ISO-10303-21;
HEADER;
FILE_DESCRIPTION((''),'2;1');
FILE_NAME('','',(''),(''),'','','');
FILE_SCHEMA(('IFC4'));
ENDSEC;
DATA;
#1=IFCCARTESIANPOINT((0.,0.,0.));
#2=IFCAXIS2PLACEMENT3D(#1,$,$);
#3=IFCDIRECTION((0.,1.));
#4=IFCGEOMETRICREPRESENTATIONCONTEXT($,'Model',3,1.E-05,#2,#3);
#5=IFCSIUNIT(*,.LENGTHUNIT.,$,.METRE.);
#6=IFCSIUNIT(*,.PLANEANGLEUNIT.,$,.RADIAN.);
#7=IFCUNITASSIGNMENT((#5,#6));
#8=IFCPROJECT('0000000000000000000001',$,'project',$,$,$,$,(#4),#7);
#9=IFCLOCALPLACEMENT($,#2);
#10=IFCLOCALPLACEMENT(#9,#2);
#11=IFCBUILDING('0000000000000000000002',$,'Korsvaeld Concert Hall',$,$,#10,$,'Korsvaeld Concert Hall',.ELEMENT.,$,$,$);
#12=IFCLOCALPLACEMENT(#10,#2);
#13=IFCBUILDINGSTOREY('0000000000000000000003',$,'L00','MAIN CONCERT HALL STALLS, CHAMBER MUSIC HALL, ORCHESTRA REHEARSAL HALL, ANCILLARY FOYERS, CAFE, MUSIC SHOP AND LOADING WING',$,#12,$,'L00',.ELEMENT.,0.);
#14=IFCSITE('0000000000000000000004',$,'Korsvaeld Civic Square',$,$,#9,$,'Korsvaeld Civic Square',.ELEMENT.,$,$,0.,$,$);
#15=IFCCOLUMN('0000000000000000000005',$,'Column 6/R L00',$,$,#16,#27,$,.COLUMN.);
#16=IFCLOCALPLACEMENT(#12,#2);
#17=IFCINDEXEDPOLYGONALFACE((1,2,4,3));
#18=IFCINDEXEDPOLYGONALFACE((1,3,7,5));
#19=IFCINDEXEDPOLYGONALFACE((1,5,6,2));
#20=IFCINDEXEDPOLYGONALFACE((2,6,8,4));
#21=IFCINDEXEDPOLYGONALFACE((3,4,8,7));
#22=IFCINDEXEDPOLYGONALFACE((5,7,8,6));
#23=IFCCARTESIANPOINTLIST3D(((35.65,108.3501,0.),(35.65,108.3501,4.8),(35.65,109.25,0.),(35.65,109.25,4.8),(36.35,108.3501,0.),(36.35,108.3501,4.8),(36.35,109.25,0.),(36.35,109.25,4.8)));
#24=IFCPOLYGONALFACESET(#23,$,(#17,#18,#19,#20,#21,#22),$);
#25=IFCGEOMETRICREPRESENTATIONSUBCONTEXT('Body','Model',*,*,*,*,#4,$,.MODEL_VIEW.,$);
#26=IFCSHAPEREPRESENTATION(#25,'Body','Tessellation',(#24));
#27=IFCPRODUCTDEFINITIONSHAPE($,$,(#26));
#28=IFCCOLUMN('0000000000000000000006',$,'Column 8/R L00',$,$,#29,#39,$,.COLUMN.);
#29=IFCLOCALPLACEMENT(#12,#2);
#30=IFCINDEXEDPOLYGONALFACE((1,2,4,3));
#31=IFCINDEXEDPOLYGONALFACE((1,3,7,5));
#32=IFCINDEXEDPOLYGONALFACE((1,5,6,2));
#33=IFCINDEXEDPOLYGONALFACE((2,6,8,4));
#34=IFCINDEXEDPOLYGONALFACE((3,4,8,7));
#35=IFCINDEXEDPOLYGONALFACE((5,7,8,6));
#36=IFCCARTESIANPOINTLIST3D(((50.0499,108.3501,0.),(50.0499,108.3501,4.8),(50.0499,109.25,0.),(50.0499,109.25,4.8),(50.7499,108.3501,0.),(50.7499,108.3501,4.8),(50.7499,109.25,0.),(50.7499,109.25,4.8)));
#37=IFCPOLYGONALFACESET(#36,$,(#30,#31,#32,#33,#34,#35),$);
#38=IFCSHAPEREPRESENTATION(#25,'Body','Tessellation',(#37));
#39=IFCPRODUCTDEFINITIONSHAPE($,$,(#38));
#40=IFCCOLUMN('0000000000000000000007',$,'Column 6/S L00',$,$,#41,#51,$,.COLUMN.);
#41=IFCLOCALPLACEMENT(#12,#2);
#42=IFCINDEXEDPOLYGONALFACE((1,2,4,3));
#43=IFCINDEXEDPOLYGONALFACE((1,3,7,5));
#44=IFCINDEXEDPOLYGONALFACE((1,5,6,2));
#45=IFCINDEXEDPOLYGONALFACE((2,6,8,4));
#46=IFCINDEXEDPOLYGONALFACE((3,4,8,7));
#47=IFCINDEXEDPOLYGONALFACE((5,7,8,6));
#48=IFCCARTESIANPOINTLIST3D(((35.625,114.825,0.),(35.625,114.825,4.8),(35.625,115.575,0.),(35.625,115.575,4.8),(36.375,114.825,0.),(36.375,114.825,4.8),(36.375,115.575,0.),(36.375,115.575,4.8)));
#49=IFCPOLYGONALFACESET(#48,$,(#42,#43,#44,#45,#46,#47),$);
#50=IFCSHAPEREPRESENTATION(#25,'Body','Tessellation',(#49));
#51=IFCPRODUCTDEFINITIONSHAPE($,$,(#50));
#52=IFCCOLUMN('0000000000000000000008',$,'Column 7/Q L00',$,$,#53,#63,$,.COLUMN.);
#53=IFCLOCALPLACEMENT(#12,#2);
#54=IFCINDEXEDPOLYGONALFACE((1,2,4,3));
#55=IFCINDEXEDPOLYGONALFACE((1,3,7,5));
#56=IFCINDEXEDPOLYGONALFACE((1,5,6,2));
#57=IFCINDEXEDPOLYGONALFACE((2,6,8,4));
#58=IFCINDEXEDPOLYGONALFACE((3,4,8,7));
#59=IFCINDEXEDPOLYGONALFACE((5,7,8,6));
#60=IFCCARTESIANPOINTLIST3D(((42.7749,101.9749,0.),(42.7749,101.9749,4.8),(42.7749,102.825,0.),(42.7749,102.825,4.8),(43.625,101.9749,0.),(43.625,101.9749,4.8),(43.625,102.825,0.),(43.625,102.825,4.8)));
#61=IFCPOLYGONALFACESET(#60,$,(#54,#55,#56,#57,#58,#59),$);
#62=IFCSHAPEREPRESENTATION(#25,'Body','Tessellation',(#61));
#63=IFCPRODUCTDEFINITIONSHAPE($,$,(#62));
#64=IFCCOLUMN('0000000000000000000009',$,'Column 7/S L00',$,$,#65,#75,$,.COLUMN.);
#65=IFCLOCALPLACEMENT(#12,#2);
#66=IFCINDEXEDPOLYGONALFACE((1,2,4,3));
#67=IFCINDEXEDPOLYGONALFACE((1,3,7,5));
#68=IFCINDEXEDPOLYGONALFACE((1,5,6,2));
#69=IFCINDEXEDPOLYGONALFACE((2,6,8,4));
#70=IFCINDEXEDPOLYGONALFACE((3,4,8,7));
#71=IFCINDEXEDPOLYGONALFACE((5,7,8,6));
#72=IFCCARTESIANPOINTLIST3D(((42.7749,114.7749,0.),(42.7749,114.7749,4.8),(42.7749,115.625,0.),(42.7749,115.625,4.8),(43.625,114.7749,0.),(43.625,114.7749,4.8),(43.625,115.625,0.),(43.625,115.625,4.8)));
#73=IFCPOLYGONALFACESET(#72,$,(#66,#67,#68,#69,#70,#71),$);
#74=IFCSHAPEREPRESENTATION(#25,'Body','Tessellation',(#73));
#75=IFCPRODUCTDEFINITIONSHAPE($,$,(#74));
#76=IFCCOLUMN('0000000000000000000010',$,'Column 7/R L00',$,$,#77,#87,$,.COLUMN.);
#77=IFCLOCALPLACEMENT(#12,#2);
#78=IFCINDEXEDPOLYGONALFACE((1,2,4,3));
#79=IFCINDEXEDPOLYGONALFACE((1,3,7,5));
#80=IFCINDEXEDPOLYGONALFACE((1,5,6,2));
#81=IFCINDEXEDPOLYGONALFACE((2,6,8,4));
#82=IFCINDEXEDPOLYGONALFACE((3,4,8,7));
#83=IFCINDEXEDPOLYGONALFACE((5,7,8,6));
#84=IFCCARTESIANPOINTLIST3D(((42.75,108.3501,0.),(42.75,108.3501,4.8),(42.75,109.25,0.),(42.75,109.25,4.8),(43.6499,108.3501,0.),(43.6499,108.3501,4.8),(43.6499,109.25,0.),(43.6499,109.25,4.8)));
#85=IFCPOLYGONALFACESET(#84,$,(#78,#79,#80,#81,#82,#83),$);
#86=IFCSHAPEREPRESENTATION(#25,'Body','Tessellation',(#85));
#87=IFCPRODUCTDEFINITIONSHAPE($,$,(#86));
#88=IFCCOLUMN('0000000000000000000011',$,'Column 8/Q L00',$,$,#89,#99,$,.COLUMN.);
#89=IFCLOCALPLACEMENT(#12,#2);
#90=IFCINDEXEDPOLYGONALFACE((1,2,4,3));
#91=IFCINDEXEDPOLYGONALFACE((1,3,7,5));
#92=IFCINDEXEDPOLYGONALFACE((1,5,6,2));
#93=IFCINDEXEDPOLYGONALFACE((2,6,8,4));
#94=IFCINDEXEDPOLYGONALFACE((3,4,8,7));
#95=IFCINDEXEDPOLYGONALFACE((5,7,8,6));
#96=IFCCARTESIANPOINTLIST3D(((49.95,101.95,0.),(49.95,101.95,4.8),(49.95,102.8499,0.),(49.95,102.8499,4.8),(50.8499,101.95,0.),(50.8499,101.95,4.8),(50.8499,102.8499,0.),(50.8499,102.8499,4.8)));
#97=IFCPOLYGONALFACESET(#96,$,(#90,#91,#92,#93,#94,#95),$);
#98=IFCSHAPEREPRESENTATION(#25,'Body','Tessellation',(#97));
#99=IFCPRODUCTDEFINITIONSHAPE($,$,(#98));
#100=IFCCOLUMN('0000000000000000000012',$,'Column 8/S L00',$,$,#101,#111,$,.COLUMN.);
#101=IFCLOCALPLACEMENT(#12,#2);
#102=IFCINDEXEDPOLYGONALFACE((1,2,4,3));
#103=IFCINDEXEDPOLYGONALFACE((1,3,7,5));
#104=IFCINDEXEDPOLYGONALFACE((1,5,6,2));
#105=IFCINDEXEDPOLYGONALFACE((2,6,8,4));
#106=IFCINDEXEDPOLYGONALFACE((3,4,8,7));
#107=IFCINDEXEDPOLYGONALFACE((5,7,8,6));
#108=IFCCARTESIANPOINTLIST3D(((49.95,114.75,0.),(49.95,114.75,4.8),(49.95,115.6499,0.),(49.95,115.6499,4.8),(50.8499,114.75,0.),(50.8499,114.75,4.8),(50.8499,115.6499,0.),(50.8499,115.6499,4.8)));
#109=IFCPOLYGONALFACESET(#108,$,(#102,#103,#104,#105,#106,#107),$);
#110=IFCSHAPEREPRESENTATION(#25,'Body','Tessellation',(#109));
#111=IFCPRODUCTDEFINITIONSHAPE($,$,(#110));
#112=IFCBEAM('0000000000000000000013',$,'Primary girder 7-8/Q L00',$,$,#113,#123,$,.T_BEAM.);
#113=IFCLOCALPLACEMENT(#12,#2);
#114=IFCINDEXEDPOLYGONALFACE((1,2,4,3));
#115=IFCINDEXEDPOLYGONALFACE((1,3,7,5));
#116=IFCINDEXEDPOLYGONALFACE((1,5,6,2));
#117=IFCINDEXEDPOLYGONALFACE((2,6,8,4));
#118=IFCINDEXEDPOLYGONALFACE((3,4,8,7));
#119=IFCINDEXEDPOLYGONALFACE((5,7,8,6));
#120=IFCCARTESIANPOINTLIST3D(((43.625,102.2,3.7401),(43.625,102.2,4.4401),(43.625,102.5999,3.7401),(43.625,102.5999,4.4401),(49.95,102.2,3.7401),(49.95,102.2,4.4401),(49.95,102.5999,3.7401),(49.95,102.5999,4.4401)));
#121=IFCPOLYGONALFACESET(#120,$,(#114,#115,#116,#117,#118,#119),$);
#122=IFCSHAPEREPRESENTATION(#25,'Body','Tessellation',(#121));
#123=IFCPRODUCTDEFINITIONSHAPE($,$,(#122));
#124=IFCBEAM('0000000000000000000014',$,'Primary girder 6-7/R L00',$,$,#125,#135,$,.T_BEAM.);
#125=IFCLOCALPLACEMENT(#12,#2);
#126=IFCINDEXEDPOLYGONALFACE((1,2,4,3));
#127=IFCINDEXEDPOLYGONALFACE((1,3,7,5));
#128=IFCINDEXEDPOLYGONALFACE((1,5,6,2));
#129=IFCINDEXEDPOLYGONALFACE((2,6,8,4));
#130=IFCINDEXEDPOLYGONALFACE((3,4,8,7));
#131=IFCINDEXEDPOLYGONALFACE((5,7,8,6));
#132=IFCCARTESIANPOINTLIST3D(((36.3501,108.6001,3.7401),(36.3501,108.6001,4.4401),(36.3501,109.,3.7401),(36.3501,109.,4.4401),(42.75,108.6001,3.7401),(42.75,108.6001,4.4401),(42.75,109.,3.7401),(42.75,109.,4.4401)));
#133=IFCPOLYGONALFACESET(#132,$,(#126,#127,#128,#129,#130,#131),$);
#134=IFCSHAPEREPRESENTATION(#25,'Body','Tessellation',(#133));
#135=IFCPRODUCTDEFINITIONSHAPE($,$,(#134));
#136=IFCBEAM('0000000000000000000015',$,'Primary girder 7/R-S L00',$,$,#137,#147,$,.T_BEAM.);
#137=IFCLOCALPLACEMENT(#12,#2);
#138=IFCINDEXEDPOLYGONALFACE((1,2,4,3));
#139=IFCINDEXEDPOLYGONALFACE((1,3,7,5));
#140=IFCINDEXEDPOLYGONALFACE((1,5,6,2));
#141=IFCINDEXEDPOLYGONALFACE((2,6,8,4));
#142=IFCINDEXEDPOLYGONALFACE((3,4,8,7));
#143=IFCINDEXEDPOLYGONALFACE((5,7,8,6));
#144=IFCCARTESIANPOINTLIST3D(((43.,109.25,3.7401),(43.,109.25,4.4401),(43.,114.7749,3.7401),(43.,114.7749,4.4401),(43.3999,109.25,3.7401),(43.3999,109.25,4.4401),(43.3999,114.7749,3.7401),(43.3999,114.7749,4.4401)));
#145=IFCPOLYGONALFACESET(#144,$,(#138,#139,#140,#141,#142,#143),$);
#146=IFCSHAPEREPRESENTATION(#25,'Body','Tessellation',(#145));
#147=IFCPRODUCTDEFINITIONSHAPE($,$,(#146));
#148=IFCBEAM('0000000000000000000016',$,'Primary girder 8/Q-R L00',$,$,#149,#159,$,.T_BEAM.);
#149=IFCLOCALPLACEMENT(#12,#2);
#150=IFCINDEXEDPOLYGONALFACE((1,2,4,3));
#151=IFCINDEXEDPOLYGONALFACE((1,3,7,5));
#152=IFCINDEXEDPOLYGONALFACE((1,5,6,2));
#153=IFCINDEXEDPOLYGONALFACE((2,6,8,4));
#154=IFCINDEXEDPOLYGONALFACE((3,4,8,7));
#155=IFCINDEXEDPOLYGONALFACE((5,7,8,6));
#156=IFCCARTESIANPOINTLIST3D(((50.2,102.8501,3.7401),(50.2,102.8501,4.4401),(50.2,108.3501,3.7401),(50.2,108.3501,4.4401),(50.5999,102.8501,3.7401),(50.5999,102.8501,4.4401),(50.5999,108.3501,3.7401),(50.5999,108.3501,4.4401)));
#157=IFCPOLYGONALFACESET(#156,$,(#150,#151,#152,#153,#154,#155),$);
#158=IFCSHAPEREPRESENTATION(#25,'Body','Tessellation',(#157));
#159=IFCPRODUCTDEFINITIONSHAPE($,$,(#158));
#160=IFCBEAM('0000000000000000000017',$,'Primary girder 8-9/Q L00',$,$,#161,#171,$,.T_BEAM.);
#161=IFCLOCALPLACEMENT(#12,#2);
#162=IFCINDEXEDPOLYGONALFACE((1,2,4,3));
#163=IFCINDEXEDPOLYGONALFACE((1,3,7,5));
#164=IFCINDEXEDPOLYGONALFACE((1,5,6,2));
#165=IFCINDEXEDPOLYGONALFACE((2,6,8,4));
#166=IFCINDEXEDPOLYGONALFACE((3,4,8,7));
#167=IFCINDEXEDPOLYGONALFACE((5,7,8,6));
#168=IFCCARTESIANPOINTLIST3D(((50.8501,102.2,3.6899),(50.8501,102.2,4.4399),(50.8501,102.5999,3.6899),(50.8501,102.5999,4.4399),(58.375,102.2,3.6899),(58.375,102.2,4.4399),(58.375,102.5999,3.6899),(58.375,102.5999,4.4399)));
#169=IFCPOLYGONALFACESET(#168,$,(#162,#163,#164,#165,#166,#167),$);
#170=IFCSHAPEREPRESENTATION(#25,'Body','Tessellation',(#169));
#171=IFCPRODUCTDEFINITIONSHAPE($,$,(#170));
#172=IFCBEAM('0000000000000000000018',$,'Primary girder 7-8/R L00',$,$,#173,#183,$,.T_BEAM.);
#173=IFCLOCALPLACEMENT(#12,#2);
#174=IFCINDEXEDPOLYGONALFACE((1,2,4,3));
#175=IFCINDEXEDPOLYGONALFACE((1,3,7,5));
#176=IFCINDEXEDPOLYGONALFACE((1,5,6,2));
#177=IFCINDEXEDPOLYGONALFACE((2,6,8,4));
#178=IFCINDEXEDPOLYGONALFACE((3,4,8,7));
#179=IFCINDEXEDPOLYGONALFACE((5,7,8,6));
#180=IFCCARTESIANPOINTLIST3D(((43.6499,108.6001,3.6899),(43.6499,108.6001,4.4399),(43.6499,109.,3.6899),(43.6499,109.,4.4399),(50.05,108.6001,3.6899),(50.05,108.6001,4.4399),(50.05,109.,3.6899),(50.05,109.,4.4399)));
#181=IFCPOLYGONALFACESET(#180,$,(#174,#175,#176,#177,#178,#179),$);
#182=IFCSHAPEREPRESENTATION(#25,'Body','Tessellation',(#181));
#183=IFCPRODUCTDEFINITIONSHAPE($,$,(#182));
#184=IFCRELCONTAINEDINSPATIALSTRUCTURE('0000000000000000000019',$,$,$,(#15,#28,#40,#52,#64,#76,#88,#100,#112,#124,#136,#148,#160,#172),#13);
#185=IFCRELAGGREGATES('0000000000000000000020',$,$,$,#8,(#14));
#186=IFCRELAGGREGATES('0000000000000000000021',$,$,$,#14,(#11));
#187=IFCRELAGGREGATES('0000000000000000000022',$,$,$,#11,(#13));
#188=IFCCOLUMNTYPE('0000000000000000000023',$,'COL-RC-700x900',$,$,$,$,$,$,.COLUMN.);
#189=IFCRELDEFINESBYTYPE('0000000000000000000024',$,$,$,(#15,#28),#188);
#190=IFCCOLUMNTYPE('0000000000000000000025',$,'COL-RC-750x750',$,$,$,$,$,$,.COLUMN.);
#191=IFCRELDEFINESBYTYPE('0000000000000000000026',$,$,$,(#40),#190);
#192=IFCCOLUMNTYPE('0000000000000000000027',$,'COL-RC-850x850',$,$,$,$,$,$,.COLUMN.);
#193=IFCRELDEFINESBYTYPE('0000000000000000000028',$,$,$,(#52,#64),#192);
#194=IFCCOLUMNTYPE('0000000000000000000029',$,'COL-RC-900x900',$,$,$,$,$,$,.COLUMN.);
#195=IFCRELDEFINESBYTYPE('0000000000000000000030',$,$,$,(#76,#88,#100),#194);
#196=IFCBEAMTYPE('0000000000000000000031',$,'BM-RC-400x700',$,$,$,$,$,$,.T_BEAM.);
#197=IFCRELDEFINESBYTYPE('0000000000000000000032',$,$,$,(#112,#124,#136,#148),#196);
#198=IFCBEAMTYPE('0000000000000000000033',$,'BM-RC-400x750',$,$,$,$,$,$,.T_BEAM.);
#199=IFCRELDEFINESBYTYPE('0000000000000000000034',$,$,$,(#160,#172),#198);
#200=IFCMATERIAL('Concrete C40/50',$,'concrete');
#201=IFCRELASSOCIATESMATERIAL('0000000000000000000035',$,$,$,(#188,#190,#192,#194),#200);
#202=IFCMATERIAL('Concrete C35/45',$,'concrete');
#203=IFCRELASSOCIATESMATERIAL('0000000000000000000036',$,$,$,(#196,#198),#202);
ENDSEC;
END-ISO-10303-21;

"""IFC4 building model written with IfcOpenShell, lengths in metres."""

from ifc_helpers import new_model, si_unit, direction, frame, origin, origin_2d, place, context, subcontext, project, spatial, rectangle, extrude, material, material_profile, profile_set, type_object, element, save


model = new_model("IFC4")

# Units and contexts
model_context = context("Model", 3, precision=1e-05, world=origin(), true_north=direction((0.0, 1.0)))
body_context = subcontext(model_context, "Body", "Model", "MODEL_VIEW")
ifc_project = project(units=[si_unit("LENGTHUNIT", "METRE"), si_unit("PLANEANGLEUNIT", "RADIAN")], contexts=[model_context])

# Site, building, storey
site_placement = place(None, origin())
site = spatial("IfcSite", under=ifc_project, at=site_placement, Name="Korsvaeld Civic Square", LongName="Korsvaeld Civic Square", CompositionType="ELEMENT", RefElevation=0.0)
building_placement = place(site_placement, origin())
building = spatial("IfcBuilding", under=site, at=building_placement, Name="Korsvaeld Concert Hall", LongName="Korsvaeld Concert Hall", CompositionType="ELEMENT")
storey_placement = place(building_placement, origin())
storey = spatial("IfcBuildingStorey", under=building, at=storey_placement, Name="L00", Description="MAIN CONCERT HALL STALLS, CHAMBER MUSIC HALL, ORCHESTRA REHEARSAL HALL, ANCILLARY FOYERS, CAFE, MUSIC SHOP AND LOADING WING", LongName="L00", CompositionType="ELEMENT", Elevation=0.0)

# Columns
ifc_material_1 = material(Name="Concrete C40/50", Category="concrete")
ifc_material_profile_1 = material_profile(ifc_material_1, rectangle(XDim=0.7, YDim=0.8999, at=origin_2d()), Name="RC 700x900")
ifc_profile_set_1 = profile_set([ifc_material_profile_1], Name="Concrete C40/50")
column_type_1 = type_object("IfcColumnType", Name="COL-RC-700x900", PredefinedType="COLUMN", material=ifc_profile_set_1)
for number, where, z_axis, x_axis, name in (
    (1, (36.0, 108.8, 0.0), (0.0, 0.0, 1.0), (1.0, 0.0, 0.0), "Column 6/R L00"),
    (2, (50.3999, 108.8, 0.0), (0.0, 0.0, 1.0), (1.0, 0.0, 0.0), "Column 8/R L00"),
):
    element("IfcColumn", number, at=place(storey_placement, frame(where, z_axis=z_axis, x_axis=x_axis)), inside=storey, type_object=column_type_1, Name=name, PredefinedType="COLUMN", context=body_context, shape_type="SweptSolid", body=[
        extrude(rectangle(XDim=0.7, YDim=0.8999, at=origin_2d()), origin(), (0.0, 0.0, 1.0), 4.8),
    ])
ifc_material_profile_2 = material_profile(ifc_material_1, rectangle(XDim=0.75, YDim=0.75, at=origin_2d()), Name="RC 750x750")
ifc_profile_set_2 = profile_set([ifc_material_profile_2], Name="Concrete C40/50")
column_type_2 = type_object("IfcColumnType", Name="COL-RC-750x750", PredefinedType="COLUMN", material=ifc_profile_set_2)
column_placement = place(storey_placement, frame((36.0, 115.2, 0.0), z_axis=(0.0, 0.0, 1.0), x_axis=(1.0, 0.0, 0.0)))
element("IfcColumn", 3, at=column_placement, inside=storey, type_object=column_type_2, Name="Column 6/S L00", PredefinedType="COLUMN", context=body_context, shape_type="SweptSolid", body=[
    extrude(rectangle(XDim=0.75, YDim=0.75, at=origin_2d()), origin(), (0.0, 0.0, 1.0), 4.8),
])
ifc_material_profile_3 = material_profile(ifc_material_1, rectangle(XDim=0.8501, YDim=0.8501, at=origin_2d()), Name="RC 850x850")
ifc_profile_set_3 = profile_set([ifc_material_profile_3], Name="Concrete C40/50")
column_type_3 = type_object("IfcColumnType", Name="COL-RC-850x850", PredefinedType="COLUMN", material=ifc_profile_set_3)
for number, where, z_axis, x_axis, name in (
    (4, (43.2, 102.3999, 0.0), (0.0, 0.0, 1.0), (1.0, 0.0, 0.0), "Column 7/Q L00"),
    (5, (43.2, 115.2, 0.0), (0.0, 0.0, 1.0), (1.0, 0.0, 0.0), "Column 7/S L00"),
):
    element("IfcColumn", number, at=place(storey_placement, frame(where, z_axis=z_axis, x_axis=x_axis)), inside=storey, type_object=column_type_3, Name=name, PredefinedType="COLUMN", context=body_context, shape_type="SweptSolid", body=[
        extrude(rectangle(XDim=0.8501, YDim=0.8501, at=origin_2d()), origin(), (0.0, 0.0, 1.0), 4.8),
    ])
ifc_material_profile_4 = material_profile(ifc_material_1, rectangle(XDim=0.8999, YDim=0.8999, at=origin_2d()), Name="RC 900x900")
ifc_profile_set_4 = profile_set([ifc_material_profile_4], Name="Concrete C40/50")
column_type_4 = type_object("IfcColumnType", Name="COL-RC-900x900", PredefinedType="COLUMN", material=ifc_profile_set_4)
for number, where, z_axis, x_axis, name in (
    (6, (43.2, 108.8, 0.0), (0.0, 0.0, 1.0), (1.0, 0.0, 0.0), "Column 7/R L00"),
    (7, (50.3999, 102.3999, 0.0), (0.0, 0.0, 1.0), (1.0, 0.0, 0.0), "Column 8/Q L00"),
    (8, (50.3999, 115.2, 0.0), (0.0, 0.0, 1.0), (1.0, 0.0, 0.0), "Column 8/S L00"),
):
    element("IfcColumn", number, at=place(storey_placement, frame(where, z_axis=z_axis, x_axis=x_axis)), inside=storey, type_object=column_type_4, Name=name, PredefinedType="COLUMN", context=body_context, shape_type="SweptSolid", body=[
        extrude(rectangle(XDim=0.8999, YDim=0.8999, at=origin_2d()), origin(), (0.0, 0.0, 1.0), 4.8),
    ])

# Beams
ifc_material_2 = material(Name="Concrete C35/45", Category="concrete")
ifc_material_profile_5 = material_profile(ifc_material_2, rectangle(XDim=0.3999, YDim=0.7, at=origin_2d()), Name="RC 400x700")
ifc_profile_set_5 = profile_set([ifc_material_profile_5], Name="Concrete C35/45")
beam_type_1 = type_object("IfcBeamType", Name="BM-RC-400x700", PredefinedType="T_BEAM", material=ifc_profile_set_5)
beam_1_placement = place(storey_placement, frame((43.625, 102.3999, 4.0901), z_axis=(1.0, 0.0, 0.0), x_axis=(0.0, 1.0, 0.0)))
element("IfcBeam", 9, at=beam_1_placement, inside=storey, type_object=beam_type_1, Name="Primary girder 7-8/Q L00", PredefinedType="T_BEAM", context=body_context, shape_type="SweptSolid", body=[
    extrude(rectangle(XDim=0.3999, YDim=0.7, at=origin_2d()), origin(), (0.0, 0.0, 1.0), 6.325),
])
beam_2_placement = place(storey_placement, frame((36.3501, 108.8, 4.0901), z_axis=(1.0, 0.0, 0.0), x_axis=(0.0, 1.0, 0.0)))
element("IfcBeam", 10, at=beam_2_placement, inside=storey, type_object=beam_type_1, Name="Primary girder 6-7/R L00", PredefinedType="T_BEAM", context=body_context, shape_type="SweptSolid", body=[
    extrude(rectangle(XDim=0.3999, YDim=0.7, at=origin_2d()), origin(), (0.0, 0.0, 1.0), 6.3999),
])
beam_3_placement = place(storey_placement, frame((43.2, 109.25, 4.0901), z_axis=(0.0, 1.0, 0.0), x_axis=(-1.0, 0.0, 0.0)))
element("IfcBeam", 11, at=beam_3_placement, inside=storey, type_object=beam_type_1, Name="Primary girder 7/R-S L00", PredefinedType="T_BEAM", context=body_context, shape_type="SweptSolid", body=[
    extrude(rectangle(XDim=0.3999, YDim=0.7, at=origin_2d()), origin(), (0.0, 0.0, 1.0), 5.5249),
])
beam_4_placement = place(storey_placement, frame((50.3999, 102.8501, 4.0901), z_axis=(0.0, 1.0, 0.0), x_axis=(-1.0, 0.0, 0.0)))
element("IfcBeam", 12, at=beam_4_placement, inside=storey, type_object=beam_type_1, Name="Primary girder 8/Q-R L00", PredefinedType="T_BEAM", context=body_context, shape_type="SweptSolid", body=[
    extrude(rectangle(XDim=0.3999, YDim=0.7, at=origin_2d()), origin(), (0.0, 0.0, 1.0), 5.5),
])
ifc_material_profile_6 = material_profile(ifc_material_2, rectangle(XDim=0.3999, YDim=0.75, at=origin_2d()), Name="RC 400x750")
ifc_profile_set_6 = profile_set([ifc_material_profile_6], Name="Concrete C35/45")
beam_type_2 = type_object("IfcBeamType", Name="BM-RC-400x750", PredefinedType="T_BEAM", material=ifc_profile_set_6)
beam_5_placement = place(storey_placement, frame((50.8501, 102.3999, 4.0649), z_axis=(1.0, 0.0, 0.0), x_axis=(0.0, 1.0, 0.0)))
element("IfcBeam", 13, at=beam_5_placement, inside=storey, type_object=beam_type_2, Name="Primary girder 8-9/Q L00", PredefinedType="T_BEAM", context=body_context, shape_type="SweptSolid", body=[
    extrude(rectangle(XDim=0.3999, YDim=0.75, at=origin_2d()), origin(), (0.0, 0.0, 1.0), 7.5249),
])
beam_6_placement = place(storey_placement, frame((43.6499, 108.8, 4.0649), z_axis=(1.0, 0.0, 0.0), x_axis=(0.0, 1.0, 0.0)))
element("IfcBeam", 14, at=beam_6_placement, inside=storey, type_object=beam_type_2, Name="Primary girder 7-8/R L00", PredefinedType="T_BEAM", context=body_context, shape_type="SweptSolid", body=[
    extrude(rectangle(XDim=0.3999, YDim=0.75, at=origin_2d()), origin(), (0.0, 0.0, 1.0), 6.4001),
])

save(model, "model.ifc")
